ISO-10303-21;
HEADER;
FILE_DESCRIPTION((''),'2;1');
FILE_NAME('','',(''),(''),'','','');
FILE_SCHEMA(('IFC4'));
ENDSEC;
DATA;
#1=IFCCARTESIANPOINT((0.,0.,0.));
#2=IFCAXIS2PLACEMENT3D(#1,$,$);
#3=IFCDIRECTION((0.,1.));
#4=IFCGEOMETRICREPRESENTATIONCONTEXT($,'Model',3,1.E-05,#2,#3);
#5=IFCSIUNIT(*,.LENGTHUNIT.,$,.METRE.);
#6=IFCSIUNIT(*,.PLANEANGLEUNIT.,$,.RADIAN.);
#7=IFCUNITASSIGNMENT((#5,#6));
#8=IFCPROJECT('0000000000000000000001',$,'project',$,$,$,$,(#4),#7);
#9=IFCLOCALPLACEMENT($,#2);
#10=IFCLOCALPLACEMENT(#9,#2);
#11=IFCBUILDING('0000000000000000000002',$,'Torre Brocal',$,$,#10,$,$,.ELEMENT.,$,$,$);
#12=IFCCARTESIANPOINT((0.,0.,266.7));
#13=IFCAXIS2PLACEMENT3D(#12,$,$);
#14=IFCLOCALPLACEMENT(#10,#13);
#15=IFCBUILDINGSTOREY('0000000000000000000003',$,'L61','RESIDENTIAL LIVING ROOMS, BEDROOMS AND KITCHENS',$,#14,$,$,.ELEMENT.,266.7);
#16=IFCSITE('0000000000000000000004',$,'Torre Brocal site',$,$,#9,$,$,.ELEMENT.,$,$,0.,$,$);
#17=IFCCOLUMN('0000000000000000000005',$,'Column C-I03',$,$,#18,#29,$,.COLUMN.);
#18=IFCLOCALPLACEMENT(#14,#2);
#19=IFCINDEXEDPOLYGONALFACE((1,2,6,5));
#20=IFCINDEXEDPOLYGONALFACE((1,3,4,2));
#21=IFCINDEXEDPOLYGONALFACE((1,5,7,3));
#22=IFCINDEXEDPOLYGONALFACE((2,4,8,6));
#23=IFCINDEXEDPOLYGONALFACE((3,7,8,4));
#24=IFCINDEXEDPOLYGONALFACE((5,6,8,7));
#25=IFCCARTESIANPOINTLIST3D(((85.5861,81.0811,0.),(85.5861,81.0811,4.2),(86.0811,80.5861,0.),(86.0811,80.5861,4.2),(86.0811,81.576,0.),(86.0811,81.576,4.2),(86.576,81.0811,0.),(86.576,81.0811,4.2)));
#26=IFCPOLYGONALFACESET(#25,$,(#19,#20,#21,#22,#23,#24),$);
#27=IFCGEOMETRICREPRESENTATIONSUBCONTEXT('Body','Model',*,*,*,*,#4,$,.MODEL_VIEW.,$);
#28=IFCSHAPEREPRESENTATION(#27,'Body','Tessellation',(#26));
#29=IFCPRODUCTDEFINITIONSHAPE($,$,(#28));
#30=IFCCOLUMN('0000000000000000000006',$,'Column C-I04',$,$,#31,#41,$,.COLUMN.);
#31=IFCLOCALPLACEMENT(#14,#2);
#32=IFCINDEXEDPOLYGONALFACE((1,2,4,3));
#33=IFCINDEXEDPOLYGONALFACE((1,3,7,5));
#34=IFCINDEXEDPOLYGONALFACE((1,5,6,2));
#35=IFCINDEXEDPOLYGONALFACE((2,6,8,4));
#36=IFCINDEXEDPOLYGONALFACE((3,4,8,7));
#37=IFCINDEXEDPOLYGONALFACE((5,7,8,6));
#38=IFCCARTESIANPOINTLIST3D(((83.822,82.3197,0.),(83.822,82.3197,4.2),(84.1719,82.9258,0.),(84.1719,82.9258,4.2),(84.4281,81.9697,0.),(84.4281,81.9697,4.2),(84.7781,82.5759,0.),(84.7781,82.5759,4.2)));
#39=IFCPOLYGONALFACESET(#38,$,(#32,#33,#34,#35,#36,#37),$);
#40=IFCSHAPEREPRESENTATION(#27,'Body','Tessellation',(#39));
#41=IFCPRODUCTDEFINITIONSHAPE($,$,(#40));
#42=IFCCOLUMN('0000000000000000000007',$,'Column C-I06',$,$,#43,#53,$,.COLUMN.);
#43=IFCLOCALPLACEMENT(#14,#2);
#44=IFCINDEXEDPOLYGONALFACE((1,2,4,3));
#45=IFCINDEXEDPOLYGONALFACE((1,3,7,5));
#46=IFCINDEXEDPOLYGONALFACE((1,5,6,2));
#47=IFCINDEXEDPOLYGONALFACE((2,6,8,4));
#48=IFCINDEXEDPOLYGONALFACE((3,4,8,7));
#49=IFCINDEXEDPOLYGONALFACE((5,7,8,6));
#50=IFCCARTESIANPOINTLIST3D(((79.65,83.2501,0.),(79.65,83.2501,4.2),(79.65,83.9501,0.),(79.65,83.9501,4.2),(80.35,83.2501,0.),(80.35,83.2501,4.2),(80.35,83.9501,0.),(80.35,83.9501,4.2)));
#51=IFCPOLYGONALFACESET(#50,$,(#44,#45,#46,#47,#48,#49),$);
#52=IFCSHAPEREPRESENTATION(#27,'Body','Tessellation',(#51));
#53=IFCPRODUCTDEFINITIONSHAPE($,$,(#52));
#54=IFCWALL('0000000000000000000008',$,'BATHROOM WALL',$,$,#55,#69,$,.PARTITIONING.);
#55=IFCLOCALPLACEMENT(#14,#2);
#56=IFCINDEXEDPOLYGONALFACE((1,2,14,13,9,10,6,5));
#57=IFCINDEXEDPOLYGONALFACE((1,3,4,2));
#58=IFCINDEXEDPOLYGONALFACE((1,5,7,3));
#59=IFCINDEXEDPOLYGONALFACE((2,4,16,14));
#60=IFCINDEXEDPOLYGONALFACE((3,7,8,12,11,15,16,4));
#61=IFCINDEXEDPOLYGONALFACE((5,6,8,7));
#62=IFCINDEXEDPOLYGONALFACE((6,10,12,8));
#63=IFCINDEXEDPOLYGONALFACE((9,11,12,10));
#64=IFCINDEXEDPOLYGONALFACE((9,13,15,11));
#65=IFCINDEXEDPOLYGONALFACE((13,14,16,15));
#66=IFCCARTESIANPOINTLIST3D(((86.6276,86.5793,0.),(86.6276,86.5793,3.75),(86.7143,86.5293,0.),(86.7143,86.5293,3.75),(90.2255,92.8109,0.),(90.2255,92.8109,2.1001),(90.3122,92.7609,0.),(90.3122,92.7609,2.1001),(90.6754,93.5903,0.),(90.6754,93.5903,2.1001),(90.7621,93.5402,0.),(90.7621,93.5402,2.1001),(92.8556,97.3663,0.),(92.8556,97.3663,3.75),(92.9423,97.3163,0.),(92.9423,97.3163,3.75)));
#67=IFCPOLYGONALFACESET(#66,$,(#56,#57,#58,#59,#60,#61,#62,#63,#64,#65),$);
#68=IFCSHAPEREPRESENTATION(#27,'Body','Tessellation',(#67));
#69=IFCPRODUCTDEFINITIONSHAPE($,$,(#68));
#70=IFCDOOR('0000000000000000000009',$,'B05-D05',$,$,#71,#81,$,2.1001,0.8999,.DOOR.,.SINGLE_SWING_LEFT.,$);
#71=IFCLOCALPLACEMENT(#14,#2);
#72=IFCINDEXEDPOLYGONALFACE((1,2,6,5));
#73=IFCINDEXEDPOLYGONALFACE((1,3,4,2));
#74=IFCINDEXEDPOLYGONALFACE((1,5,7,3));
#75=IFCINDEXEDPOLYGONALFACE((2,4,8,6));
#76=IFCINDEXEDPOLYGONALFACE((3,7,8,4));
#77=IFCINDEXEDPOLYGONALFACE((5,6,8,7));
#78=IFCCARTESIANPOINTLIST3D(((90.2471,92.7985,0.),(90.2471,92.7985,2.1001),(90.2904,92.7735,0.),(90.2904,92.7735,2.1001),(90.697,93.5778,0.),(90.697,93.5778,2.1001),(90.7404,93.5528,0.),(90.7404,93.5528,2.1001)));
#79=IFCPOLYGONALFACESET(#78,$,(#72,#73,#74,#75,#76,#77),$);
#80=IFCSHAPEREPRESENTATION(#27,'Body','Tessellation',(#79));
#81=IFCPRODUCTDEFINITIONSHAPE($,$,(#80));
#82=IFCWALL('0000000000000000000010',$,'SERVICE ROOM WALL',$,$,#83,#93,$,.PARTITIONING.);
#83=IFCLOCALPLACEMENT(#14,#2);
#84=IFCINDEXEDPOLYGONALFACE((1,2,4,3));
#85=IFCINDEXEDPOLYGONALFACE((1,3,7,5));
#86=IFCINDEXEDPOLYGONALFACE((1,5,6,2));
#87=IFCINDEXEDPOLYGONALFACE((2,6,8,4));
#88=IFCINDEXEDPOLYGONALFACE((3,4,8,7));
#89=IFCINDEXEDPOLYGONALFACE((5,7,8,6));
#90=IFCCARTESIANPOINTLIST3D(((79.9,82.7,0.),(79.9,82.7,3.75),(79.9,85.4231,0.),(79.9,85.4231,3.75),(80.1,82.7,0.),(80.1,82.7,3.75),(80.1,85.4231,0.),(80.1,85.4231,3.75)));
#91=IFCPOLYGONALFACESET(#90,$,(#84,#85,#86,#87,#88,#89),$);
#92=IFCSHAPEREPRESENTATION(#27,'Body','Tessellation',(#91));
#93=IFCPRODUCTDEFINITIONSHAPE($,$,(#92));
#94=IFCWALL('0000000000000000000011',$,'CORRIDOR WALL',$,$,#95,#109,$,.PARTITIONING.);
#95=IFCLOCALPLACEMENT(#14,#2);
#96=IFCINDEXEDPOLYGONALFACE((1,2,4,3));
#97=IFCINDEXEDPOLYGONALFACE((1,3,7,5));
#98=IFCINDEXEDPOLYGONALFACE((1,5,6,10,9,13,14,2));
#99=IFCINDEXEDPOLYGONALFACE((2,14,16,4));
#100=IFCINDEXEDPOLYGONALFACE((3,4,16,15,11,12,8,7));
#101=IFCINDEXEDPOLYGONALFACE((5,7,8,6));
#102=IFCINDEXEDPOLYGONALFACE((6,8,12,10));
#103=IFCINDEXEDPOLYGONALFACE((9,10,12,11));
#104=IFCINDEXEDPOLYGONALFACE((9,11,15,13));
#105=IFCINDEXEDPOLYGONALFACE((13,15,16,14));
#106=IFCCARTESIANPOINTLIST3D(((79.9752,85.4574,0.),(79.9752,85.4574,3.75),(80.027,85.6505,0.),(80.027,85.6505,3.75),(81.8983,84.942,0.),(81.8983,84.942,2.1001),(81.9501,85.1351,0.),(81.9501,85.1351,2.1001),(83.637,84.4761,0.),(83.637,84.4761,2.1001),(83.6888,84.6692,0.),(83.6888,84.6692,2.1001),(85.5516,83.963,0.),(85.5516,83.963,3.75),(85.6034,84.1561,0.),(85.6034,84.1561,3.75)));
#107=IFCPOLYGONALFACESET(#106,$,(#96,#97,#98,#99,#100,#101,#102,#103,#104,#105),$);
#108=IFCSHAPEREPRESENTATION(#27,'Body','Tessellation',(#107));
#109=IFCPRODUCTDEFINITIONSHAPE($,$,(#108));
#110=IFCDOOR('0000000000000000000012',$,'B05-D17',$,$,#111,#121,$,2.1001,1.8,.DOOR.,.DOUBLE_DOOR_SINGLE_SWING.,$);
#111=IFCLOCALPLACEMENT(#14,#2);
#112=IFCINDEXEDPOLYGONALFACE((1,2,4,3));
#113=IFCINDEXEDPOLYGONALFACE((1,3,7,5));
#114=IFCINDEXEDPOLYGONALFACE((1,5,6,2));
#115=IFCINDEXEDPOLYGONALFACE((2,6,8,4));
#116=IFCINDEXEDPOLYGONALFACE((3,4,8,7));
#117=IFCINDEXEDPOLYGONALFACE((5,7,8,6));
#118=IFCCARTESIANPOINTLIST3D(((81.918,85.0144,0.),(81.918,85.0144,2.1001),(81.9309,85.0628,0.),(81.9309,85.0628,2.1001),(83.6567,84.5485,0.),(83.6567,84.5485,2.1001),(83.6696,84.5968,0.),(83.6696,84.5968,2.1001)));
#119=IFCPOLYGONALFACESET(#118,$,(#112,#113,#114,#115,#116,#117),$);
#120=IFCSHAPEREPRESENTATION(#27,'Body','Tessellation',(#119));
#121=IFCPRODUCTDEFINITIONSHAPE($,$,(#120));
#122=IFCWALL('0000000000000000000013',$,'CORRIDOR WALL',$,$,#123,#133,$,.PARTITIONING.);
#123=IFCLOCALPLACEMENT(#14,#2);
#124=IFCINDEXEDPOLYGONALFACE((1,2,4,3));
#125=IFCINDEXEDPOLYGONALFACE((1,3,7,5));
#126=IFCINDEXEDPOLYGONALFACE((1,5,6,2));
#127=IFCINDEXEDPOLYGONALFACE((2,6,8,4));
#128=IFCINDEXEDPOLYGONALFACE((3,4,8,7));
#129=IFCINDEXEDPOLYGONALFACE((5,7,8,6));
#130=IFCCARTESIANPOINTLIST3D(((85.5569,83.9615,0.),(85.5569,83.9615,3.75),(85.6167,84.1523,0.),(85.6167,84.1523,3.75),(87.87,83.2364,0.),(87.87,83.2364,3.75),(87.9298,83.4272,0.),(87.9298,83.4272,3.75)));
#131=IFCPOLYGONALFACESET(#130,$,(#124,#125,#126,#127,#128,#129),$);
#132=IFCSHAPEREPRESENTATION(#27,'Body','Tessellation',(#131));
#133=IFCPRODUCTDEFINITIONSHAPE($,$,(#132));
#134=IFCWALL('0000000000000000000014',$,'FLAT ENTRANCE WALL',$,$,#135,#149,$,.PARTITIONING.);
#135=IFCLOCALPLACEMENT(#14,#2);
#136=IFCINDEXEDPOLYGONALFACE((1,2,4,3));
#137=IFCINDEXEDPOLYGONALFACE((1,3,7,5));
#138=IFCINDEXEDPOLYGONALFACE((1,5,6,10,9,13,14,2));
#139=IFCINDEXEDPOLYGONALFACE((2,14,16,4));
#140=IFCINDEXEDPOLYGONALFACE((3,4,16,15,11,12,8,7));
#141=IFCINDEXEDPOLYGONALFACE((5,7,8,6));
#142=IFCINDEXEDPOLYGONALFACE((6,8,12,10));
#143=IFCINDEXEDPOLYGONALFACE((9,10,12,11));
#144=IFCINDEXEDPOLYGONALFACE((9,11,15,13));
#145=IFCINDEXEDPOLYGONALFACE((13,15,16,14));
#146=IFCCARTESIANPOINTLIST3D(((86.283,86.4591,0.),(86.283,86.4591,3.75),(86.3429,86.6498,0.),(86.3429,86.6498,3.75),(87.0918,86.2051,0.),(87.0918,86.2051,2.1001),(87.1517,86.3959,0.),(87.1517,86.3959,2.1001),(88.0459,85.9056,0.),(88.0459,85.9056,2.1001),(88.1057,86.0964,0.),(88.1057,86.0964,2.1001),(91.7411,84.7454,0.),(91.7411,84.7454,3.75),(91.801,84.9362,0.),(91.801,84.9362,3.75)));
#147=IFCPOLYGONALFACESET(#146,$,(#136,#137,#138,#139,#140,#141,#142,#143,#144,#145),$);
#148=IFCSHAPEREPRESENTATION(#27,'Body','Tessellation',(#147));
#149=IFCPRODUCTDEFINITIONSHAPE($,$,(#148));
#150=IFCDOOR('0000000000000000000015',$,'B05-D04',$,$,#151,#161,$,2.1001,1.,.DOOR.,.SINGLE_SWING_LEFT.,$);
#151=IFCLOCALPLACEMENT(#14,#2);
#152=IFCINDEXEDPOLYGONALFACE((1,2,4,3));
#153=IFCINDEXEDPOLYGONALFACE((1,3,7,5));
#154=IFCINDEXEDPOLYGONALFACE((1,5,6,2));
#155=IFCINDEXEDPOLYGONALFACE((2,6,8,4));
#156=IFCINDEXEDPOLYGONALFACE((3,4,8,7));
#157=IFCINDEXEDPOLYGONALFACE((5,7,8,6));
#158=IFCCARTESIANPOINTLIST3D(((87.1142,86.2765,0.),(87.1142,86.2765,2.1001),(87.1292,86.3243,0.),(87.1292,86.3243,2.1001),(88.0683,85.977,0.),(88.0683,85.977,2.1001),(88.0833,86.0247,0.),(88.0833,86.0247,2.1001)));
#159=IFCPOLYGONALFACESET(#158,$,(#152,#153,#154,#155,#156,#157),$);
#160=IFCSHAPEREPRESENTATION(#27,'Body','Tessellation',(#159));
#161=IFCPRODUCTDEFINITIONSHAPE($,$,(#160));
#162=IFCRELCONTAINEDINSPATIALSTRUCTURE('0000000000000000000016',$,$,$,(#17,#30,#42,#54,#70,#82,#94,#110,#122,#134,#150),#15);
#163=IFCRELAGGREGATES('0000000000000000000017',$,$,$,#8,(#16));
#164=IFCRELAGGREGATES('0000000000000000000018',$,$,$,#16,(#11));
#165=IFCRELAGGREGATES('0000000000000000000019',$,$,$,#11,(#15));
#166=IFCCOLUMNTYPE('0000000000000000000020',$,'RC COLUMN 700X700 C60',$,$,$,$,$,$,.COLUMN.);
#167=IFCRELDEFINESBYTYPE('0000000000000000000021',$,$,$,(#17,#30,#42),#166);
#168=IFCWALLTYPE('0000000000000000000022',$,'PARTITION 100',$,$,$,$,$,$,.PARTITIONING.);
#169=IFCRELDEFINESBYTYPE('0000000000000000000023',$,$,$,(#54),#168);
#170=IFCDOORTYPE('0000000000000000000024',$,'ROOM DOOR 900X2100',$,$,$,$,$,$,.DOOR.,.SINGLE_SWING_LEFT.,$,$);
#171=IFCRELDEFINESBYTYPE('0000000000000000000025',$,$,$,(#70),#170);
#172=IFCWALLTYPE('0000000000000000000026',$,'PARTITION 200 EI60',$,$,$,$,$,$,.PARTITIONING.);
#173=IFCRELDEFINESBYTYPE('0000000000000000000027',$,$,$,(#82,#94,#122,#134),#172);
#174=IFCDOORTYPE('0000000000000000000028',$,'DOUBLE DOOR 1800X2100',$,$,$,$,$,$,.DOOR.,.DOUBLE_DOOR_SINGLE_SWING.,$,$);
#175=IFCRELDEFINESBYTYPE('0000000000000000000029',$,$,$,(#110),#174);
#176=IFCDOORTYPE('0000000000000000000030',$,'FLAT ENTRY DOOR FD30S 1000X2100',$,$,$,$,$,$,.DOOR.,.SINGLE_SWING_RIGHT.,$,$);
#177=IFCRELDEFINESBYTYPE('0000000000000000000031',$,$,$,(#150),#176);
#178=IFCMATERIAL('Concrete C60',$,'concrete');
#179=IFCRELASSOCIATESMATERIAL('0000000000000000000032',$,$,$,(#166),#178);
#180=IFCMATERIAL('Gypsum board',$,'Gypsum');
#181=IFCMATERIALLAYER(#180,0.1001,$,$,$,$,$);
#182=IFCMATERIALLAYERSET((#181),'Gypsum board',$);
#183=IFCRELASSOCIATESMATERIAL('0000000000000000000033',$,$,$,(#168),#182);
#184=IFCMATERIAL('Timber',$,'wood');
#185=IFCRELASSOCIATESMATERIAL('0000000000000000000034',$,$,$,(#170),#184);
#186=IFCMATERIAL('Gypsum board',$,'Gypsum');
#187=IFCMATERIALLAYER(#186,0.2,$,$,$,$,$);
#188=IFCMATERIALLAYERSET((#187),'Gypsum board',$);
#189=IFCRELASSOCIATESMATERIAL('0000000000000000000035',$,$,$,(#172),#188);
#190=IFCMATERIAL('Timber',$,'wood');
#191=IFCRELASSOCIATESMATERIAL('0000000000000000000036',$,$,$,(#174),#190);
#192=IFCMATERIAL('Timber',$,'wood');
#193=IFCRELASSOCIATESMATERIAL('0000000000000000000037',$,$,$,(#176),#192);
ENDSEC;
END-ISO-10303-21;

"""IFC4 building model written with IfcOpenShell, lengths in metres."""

from ifc_helpers import new_model, si_unit, direction, frame, frame_2d, origin, origin_2d, place, context, subcontext, project, spatial, rectangle, extrude, material, layer, layer_set, material_profile, profile_set, type_object, element, fill, save


model = new_model("IFC4")

# Units and contexts
model_context = context("Model", 3, precision=1e-05, world=origin(), true_north=direction((0.0, 1.0)))
body_context = subcontext(model_context, "Body", "Model", "MODEL_VIEW")
ifc_project = project(units=[si_unit("LENGTHUNIT", "METRE"), si_unit("PLANEANGLEUNIT", "RADIAN")], contexts=[model_context])

# Site, building, storey
site_placement = place(None, origin())
site = spatial("IfcSite", under=ifc_project, at=site_placement, Name="Torre Brocal site", CompositionType="ELEMENT", RefElevation=0.0)
building_placement = place(site_placement, origin())
building = spatial("IfcBuilding", under=site, at=building_placement, Name="Torre Brocal", CompositionType="ELEMENT")
storey_placement = place(building_placement, frame((0.0, 0.0, 266.7)))
storey = spatial("IfcBuildingStorey", under=building, at=storey_placement, Name="L61", Description="RESIDENTIAL LIVING ROOMS, BEDROOMS AND KITCHENS", CompositionType="ELEMENT", Elevation=266.7)

# Columns
ifc_material_1 = material(Name="Concrete C60", Category="concrete")
ifc_material_profile = material_profile(ifc_material_1, rectangle(XDim=0.7, YDim=0.7, at=origin_2d()), Name="RC 700X700")
ifc_profile_set = profile_set([ifc_material_profile], Name="Concrete C60")
column_type = type_object("IfcColumnType", Name="RC COLUMN 700X700 C60", PredefinedType="COLUMN", material=ifc_profile_set)
for number, where, z_axis, x_axis, name in (
    (1, (86.0811, 81.0811, 0.0), (0.0, 0.0, 1.0), (0.707107, 0.707107, 0.0), "Column C-I03"),
    (2, (84.3, 82.4478, 0.0), (0.0, 0.0, 1.0), (0.5, 0.866025, 0.0), "Column C-I04"),
    (3, (80.0, 83.6001, 0.0), (0.0, 0.0, 1.0), (0.0, 1.0, 0.0), "Column C-I06"),
):
    element("IfcColumn", number, at=place(storey_placement, frame(where, z_axis=z_axis, x_axis=x_axis)), inside=storey, type_object=column_type, Name=name, PredefinedType="COLUMN", context=body_context, shape_type="SweptSolid", body=[
        extrude(rectangle(XDim=0.7, YDim=0.7, at=origin_2d()), origin(), (0.0, 0.0, 1.0), 4.2),
    ])

# Wall, opening, door
ifc_material_2 = material(Name="Gypsum board", Category="Gypsum")
ifc_layer_1 = layer(ifc_material_2, 0.1001)
ifc_layer_set_1 = layer_set([ifc_layer_1], Name="Gypsum board")
wall_type_1 = type_object("IfcWallType", Name="PARTITION 100", PredefinedType="PARTITIONING", material=ifc_layer_set_1)
wall_1_placement = place(storey_placement, frame((86.6709, 86.5542, 0.0), z_axis=(0.0, 0.0, 1.0), x_axis=(0.500005, 0.866022, 0.0)))
wall_1 = element("IfcWall", 4, at=wall_1_placement, inside=storey, type_object=wall_type_1, Name="BATHROOM WALL", PredefinedType="PARTITIONING", context=body_context, shape_type="SweptSolid", body=[
    extrude(rectangle(XDim=12.4558, YDim=0.1001, at=frame_2d((6.228, 0.0))), origin(), (0.0, 0.0, 1.0), 3.75),
])
opening_1_placement = place(wall_1_placement, frame((7.1958, 0.0, 0.0)))
opening_1 = element("IfcOpeningElement", 5, at=opening_1_placement, cuts=wall_1, PredefinedType="OPENING", context=body_context, shape_type="SweptSolid", body=[
    extrude(rectangle(XDim=0.8999, YDim=2.1001, at=frame_2d((0.45, 1.05))), frame((0.0, 0.0601, 0.0), z_axis=(0.0, -1.0, 0.0), x_axis=(1.0, 0.0, 0.0)), (0.0, 0.0, 1.0), 0.1201),
])
ifc_material_3 = material(Name="Timber", Category="wood")
door_type_1 = type_object("IfcDoorType", Name="ROOM DOOR 900X2100", OperationType="SINGLE_SWING_LEFT", PredefinedType="DOOR", material=ifc_material_3)
door_1_placement = place(opening_1_placement, frame((0.8999, 0.0, 0.0), z_axis=(0.0, 0.0, 1.0), x_axis=(-1.0, 0.0, 0.0)))
door_1 = element("IfcDoor", 6, at=door_1_placement, inside=storey, type_object=door_type_1, Name="B05-D05", OperationType="SINGLE_SWING_LEFT", OverallHeight=2.1001, OverallWidth=0.8999, PredefinedType="DOOR", context=body_context, shape_type="SweptSolid", body=[
    extrude(rectangle(XDim=0.8999, YDim=2.1001, at=frame_2d((0.45, 1.05))), frame((0.0, 0.0249, 0.0), z_axis=(0.0, -1.0, 0.0), x_axis=(1.0, 0.0, 0.0)), (0.0, 0.0, 1.0), 0.05),
])
fill(opening_1, door_1)

# Wall
ifc_material_4 = material(Name="Gypsum board", Category="Gypsum")
ifc_layer_2 = layer(ifc_material_4, 0.2)
ifc_layer_set_2 = layer_set([ifc_layer_2], Name="Gypsum board")
wall_type_2 = type_object("IfcWallType", Name="PARTITION 200 EI60", PredefinedType="PARTITIONING", material=ifc_layer_set_2)
wall_2_placement = place(storey_placement, frame((80.0, 82.7, 0.0), z_axis=(0.0, 0.0, 1.0), x_axis=(0.0, 1.0, 0.0)))
element("IfcWall", 7, at=wall_2_placement, inside=storey, type_object=wall_type_2, Name="SERVICE ROOM WALL", PredefinedType="PARTITIONING", context=body_context, shape_type="SweptSolid", body=[
    extrude(rectangle(XDim=2.7231, YDim=0.2, at=frame_2d((1.3616, 0.0))), origin(), (0.0, 0.0, 1.0), 3.75),
])

# Wall, opening, door
wall_3_placement = place(storey_placement, frame((80.001, 85.554, 0.0), z_axis=(0.0, 0.0, 1.0), x_axis=(0.965918, -0.25885, 0.0)))
wall_3 = element("IfcWall", 8, at=wall_3_placement, inside=storey, type_object=wall_type_2, Name="CORRIDOR WALL", PredefinedType="PARTITIONING", context=body_context, shape_type="SweptSolid", body=[
    extrude(rectangle(XDim=5.7732, YDim=0.2, at=frame_2d((2.8867, 0.0))), origin(), (0.0, 0.0, 1.0), 3.75),
])
opening_2_placement = place(wall_3_placement, frame((1.9912, 0.0, 0.0)))
opening_2 = element("IfcOpeningElement", 9, at=opening_2_placement, cuts=wall_3, PredefinedType="OPENING", context=body_context, shape_type="SweptSolid", body=[
    extrude(rectangle(XDim=1.8, YDim=2.1001, at=frame_2d((0.8999, 1.05))), frame((0.0, 0.1099, 0.0), z_axis=(0.0, -1.0, 0.0), x_axis=(1.0, 0.0, 0.0)), (0.0, 0.0, 1.0), 0.22),
])
ifc_material_5 = material(Name="Timber", Category="wood")
door_type_2 = type_object("IfcDoorType", Name="DOUBLE DOOR 1800X2100", OperationType="DOUBLE_DOOR_SINGLE_SWING", PredefinedType="DOOR", material=ifc_material_5)
door_2_placement = place(opening_2_placement, frame((1.8, 0.0, 0.0), z_axis=(0.0, 0.0, 1.0), x_axis=(-1.0, 0.0, 0.0)))
door_2 = element("IfcDoor", 10, at=door_2_placement, inside=storey, type_object=door_type_2, Name="B05-D17", OperationType="DOUBLE_DOOR_SINGLE_SWING", OverallHeight=2.1001, OverallWidth=1.8, PredefinedType="DOOR", context=body_context, shape_type="SweptSolid", body=[
    extrude(rectangle(XDim=1.8, YDim=2.1001, at=frame_2d((0.8999, 1.05))), frame((0.0, 0.0249, 0.0), z_axis=(0.0, -1.0, 0.0), x_axis=(1.0, 0.0, 0.0)), (0.0, 0.0, 1.0), 0.05),
])
fill(opening_2, door_2)

# Wall
wall_4_placement = place(storey_placement, frame((85.5869, 84.0569, 0.0), z_axis=(0.0, 0.0, 1.0), x_axis=(0.954211, -0.299135, 0.0)))
element("IfcWall", 11, at=wall_4_placement, inside=storey, type_object=wall_type_2, Name="CORRIDOR WALL", PredefinedType="PARTITIONING", context=body_context, shape_type="SweptSolid", body=[
    extrude(rectangle(XDim=2.4241, YDim=0.2, at=frame_2d((1.2119, 0.0))), origin(), (0.0, 0.0, 1.0), 3.75),
])

# Wall, opening, door
wall_5_placement = place(storey_placement, frame((86.313, 86.5544, 0.0), z_axis=(0.0, 0.0, 1.0), x_axis=(0.954081, -0.299548, 0.0)))
wall_5 = element("IfcWall", 12, at=wall_5_placement, inside=storey, type_object=wall_type_2, Name="FLAT ENTRANCE WALL", PredefinedType="PARTITIONING", context=body_context, shape_type="SweptSolid", body=[
    extrude(rectangle(XDim=5.7207, YDim=0.2, at=frame_2d((2.8604, 0.0))), origin(), (0.0, 0.0, 1.0), 3.75),
])
opening_3_placement = place(wall_5_placement, frame((0.8477, 0.0, 0.0)))
opening_3 = element("IfcOpeningElement", 13, at=opening_3_placement, cuts=wall_5, PredefinedType="OPENING", context=body_context, shape_type="SweptSolid", body=[
    extrude(rectangle(XDim=1.0, YDim=2.1001, at=frame_2d((0.5, 1.05))), frame((0.0, 0.1099, 0.0), z_axis=(0.0, -1.0, 0.0), x_axis=(1.0, 0.0, 0.0)), (0.0, 0.0, 1.0), 0.22),
])
ifc_material_6 = material(Name="Timber", Category="wood")
door_type_3 = type_object("IfcDoorType", Name="FLAT ENTRY DOOR FD30S 1000X2100", OperationType="SINGLE_SWING_RIGHT", PredefinedType="DOOR", material=ifc_material_6)
door_3_placement = place(opening_3_placement, origin())
door_3 = element("IfcDoor", 14, at=door_3_placement, inside=storey, type_object=door_type_3, Name="B05-D04", OperationType="SINGLE_SWING_LEFT", OverallHeight=2.1001, OverallWidth=1.0, PredefinedType="DOOR", context=body_context, shape_type="SweptSolid", body=[
    extrude(rectangle(XDim=1.0, YDim=2.1001, at=frame_2d((0.5, 1.05))), frame((0.0, 0.0249, 0.0), z_axis=(0.0, -1.0, 0.0), x_axis=(1.0, 0.0, 0.0)), (0.0, 0.0, 1.0), 0.05),
])
fill(opening_3, door_3)

save(model, "model.ifc")
